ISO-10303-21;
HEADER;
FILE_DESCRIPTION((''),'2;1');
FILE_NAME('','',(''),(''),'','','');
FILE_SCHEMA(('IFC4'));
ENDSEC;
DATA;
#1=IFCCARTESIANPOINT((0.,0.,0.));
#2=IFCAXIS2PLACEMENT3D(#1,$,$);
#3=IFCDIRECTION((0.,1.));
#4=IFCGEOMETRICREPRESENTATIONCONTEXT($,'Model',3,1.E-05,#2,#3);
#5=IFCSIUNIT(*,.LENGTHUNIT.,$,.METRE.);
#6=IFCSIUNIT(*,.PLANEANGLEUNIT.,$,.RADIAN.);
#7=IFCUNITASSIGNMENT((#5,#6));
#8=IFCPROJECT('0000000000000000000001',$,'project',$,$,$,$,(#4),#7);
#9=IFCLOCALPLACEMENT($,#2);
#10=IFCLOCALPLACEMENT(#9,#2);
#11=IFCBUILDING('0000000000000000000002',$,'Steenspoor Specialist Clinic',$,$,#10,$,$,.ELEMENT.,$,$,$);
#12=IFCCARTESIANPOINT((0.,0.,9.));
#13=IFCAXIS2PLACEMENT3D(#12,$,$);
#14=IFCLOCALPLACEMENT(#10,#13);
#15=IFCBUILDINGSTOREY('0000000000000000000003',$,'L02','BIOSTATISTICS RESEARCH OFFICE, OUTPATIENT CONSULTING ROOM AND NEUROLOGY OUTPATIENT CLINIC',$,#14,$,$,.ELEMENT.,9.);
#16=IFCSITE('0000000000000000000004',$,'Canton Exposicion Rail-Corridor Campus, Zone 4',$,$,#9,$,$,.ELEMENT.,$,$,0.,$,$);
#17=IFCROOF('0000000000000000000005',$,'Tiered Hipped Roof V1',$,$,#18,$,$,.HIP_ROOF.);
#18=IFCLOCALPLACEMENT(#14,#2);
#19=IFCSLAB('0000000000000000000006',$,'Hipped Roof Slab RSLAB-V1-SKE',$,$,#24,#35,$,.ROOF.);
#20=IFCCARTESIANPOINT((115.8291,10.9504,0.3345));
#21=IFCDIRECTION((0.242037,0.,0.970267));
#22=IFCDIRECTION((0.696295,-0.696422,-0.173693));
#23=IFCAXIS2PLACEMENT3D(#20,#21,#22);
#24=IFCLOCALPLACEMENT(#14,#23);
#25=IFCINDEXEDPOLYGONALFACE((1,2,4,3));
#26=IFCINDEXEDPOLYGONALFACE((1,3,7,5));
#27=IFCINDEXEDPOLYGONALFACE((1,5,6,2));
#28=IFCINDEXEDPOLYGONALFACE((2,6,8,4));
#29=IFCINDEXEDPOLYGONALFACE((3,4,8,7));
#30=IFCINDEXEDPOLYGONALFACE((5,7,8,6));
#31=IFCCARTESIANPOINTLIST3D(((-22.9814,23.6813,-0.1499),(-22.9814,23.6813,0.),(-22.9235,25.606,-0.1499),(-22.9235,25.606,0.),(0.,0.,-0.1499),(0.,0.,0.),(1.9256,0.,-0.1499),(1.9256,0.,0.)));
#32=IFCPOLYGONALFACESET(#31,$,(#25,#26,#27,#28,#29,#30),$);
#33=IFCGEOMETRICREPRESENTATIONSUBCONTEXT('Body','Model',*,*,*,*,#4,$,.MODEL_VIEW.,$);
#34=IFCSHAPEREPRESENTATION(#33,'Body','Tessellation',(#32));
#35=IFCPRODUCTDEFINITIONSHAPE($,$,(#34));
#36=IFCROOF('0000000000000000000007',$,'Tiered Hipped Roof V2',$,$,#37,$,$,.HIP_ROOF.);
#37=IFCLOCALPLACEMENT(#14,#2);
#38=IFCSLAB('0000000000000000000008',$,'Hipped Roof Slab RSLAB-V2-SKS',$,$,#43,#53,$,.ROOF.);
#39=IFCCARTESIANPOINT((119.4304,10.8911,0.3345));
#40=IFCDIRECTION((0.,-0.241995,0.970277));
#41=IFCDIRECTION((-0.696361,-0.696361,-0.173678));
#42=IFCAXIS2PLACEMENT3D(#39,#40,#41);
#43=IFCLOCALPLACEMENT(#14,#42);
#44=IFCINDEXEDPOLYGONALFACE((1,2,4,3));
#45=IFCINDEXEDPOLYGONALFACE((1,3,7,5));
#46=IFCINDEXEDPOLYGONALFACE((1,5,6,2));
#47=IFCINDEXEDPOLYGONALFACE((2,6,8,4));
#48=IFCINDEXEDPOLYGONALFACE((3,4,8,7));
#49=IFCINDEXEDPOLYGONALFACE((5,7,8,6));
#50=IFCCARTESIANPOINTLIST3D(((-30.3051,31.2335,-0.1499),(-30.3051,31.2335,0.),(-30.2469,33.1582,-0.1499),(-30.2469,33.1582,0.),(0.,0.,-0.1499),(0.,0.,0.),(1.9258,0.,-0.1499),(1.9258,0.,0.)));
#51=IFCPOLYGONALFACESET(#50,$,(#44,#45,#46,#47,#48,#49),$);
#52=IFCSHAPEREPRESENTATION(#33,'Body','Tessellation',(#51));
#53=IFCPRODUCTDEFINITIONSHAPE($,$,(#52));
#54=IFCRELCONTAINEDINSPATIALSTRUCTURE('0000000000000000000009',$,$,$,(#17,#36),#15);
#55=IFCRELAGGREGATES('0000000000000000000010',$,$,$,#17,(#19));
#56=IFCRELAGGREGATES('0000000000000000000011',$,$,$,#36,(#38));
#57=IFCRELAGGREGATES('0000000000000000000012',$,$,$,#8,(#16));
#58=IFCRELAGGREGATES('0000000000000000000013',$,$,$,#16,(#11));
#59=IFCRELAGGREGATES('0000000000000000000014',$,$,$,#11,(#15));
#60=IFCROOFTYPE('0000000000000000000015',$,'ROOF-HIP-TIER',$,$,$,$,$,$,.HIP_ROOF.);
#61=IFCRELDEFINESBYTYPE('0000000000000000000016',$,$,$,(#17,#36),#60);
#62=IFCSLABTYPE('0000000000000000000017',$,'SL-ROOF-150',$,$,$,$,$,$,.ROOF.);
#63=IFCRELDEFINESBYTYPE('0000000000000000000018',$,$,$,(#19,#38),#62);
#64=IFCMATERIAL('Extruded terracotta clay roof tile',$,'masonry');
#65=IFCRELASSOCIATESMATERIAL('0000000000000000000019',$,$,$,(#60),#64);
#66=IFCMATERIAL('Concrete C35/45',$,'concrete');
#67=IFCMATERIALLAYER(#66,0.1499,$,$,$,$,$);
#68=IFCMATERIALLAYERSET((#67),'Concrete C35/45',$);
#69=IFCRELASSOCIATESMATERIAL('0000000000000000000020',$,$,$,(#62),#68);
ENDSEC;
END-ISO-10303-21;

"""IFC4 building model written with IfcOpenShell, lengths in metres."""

from ifc_helpers import new_model, si_unit, direction, frame, origin, place, context, subcontext, project, spatial, polyline, outline, extrude, material, layer, layer_set, type_object, element, aggregate, save


model = new_model("IFC4")

# Units and contexts
model_context = context("Model", 3, precision=1e-05, world=origin(), true_north=direction((0.0, 1.0)))
body_context = subcontext(model_context, "Body", "Model", "MODEL_VIEW")
ifc_project = project(units=[si_unit("LENGTHUNIT", "METRE"), si_unit("PLANEANGLEUNIT", "RADIAN")], contexts=[model_context])

# Site, building, storey
site_placement = place(None, origin())
site = spatial("IfcSite", under=ifc_project, at=site_placement, Name="Canton Exposicion Rail-Corridor Campus, Zone 4", CompositionType="ELEMENT", RefElevation=0.0)
building_placement = place(site_placement, origin())
building = spatial("IfcBuilding", under=site, at=building_placement, Name="Steenspoor Specialist Clinic", CompositionType="ELEMENT")
storey_placement = place(building_placement, frame((0.0, 0.0, 9.0)))
storey = spatial("IfcBuildingStorey", under=building, at=storey_placement, Name="L02", Description="BIOSTATISTICS RESEARCH OFFICE, OUTPATIENT CONSULTING ROOM AND NEUROLOGY OUTPATIENT CLINIC", CompositionType="ELEMENT", Elevation=9.0)

# Roof, slab
ifc_material_1 = material(Name="Extruded terracotta clay roof tile", Category="masonry")
roof_type = type_object("IfcRoofType", Name="ROOF-HIP-TIER", PredefinedType="HIP_ROOF", material=ifc_material_1)
roof_1_placement = place(storey_placement, origin())
roof_1 = element("IfcRoof", 1, at=roof_1_placement, inside=storey, type_object=roof_type, Name="Tiered Hipped Roof V1", PredefinedType="HIP_ROOF")
ifc_material_2 = material(Name="Concrete C35/45", Category="concrete")
ifc_layer_1 = layer(ifc_material_2, 0.1499)
ifc_layer_set_1 = layer_set([ifc_layer_1], Name="Concrete C35/45")
slab_type = type_object("IfcSlabType", Name="SL-ROOF-150", PredefinedType="ROOF", material=ifc_layer_set_1)
slab_1_placement = place(storey_placement, frame((115.8291, 10.9504, 0.3345), z_axis=(0.242037, 0.0, 0.970267), x_axis=(0.696295, -0.696422, -0.173693)))
slab_1 = element("IfcSlab", 2, at=slab_1_placement, type_object=slab_type, Name="Hipped Roof Slab RSLAB-V1-SKE", PredefinedType="ROOF", context=body_context, shape_type="SweptSolid", body=[
    extrude(outline(polyline([(0.0, 0.0), (1.9256, 0.0), (-22.9235, 25.606), (-22.9814, 23.6813), (0.0, 0.0)])), origin(), (0.0, 0.0, -1.0), 0.1499),
])
aggregate(roof_1, [slab_1])

# Roof, slab
roof_2_placement = place(storey_placement, origin())
roof_2 = element("IfcRoof", 3, at=roof_2_placement, inside=storey, type_object=roof_type, Name="Tiered Hipped Roof V2", PredefinedType="HIP_ROOF")
slab_2_placement = place(storey_placement, frame((119.4304, 10.8911, 0.3345), z_axis=(0.0, -0.241995, 0.970277), x_axis=(-0.696361, -0.696361, -0.173678)))
slab_2 = element("IfcSlab", 4, at=slab_2_placement, type_object=slab_type, Name="Hipped Roof Slab RSLAB-V2-SKS", PredefinedType="ROOF", context=body_context, shape_type="SweptSolid", body=[
    extrude(outline(polyline([(0.0, 0.0), (1.9258, 0.0), (-30.2469, 33.1582), (-30.3051, 31.2335), (0.0, 0.0)])), origin(), (0.0, 0.0, -1.0), 0.1499),
])
aggregate(roof_2, [slab_2])

save(model, "model.ifc")
